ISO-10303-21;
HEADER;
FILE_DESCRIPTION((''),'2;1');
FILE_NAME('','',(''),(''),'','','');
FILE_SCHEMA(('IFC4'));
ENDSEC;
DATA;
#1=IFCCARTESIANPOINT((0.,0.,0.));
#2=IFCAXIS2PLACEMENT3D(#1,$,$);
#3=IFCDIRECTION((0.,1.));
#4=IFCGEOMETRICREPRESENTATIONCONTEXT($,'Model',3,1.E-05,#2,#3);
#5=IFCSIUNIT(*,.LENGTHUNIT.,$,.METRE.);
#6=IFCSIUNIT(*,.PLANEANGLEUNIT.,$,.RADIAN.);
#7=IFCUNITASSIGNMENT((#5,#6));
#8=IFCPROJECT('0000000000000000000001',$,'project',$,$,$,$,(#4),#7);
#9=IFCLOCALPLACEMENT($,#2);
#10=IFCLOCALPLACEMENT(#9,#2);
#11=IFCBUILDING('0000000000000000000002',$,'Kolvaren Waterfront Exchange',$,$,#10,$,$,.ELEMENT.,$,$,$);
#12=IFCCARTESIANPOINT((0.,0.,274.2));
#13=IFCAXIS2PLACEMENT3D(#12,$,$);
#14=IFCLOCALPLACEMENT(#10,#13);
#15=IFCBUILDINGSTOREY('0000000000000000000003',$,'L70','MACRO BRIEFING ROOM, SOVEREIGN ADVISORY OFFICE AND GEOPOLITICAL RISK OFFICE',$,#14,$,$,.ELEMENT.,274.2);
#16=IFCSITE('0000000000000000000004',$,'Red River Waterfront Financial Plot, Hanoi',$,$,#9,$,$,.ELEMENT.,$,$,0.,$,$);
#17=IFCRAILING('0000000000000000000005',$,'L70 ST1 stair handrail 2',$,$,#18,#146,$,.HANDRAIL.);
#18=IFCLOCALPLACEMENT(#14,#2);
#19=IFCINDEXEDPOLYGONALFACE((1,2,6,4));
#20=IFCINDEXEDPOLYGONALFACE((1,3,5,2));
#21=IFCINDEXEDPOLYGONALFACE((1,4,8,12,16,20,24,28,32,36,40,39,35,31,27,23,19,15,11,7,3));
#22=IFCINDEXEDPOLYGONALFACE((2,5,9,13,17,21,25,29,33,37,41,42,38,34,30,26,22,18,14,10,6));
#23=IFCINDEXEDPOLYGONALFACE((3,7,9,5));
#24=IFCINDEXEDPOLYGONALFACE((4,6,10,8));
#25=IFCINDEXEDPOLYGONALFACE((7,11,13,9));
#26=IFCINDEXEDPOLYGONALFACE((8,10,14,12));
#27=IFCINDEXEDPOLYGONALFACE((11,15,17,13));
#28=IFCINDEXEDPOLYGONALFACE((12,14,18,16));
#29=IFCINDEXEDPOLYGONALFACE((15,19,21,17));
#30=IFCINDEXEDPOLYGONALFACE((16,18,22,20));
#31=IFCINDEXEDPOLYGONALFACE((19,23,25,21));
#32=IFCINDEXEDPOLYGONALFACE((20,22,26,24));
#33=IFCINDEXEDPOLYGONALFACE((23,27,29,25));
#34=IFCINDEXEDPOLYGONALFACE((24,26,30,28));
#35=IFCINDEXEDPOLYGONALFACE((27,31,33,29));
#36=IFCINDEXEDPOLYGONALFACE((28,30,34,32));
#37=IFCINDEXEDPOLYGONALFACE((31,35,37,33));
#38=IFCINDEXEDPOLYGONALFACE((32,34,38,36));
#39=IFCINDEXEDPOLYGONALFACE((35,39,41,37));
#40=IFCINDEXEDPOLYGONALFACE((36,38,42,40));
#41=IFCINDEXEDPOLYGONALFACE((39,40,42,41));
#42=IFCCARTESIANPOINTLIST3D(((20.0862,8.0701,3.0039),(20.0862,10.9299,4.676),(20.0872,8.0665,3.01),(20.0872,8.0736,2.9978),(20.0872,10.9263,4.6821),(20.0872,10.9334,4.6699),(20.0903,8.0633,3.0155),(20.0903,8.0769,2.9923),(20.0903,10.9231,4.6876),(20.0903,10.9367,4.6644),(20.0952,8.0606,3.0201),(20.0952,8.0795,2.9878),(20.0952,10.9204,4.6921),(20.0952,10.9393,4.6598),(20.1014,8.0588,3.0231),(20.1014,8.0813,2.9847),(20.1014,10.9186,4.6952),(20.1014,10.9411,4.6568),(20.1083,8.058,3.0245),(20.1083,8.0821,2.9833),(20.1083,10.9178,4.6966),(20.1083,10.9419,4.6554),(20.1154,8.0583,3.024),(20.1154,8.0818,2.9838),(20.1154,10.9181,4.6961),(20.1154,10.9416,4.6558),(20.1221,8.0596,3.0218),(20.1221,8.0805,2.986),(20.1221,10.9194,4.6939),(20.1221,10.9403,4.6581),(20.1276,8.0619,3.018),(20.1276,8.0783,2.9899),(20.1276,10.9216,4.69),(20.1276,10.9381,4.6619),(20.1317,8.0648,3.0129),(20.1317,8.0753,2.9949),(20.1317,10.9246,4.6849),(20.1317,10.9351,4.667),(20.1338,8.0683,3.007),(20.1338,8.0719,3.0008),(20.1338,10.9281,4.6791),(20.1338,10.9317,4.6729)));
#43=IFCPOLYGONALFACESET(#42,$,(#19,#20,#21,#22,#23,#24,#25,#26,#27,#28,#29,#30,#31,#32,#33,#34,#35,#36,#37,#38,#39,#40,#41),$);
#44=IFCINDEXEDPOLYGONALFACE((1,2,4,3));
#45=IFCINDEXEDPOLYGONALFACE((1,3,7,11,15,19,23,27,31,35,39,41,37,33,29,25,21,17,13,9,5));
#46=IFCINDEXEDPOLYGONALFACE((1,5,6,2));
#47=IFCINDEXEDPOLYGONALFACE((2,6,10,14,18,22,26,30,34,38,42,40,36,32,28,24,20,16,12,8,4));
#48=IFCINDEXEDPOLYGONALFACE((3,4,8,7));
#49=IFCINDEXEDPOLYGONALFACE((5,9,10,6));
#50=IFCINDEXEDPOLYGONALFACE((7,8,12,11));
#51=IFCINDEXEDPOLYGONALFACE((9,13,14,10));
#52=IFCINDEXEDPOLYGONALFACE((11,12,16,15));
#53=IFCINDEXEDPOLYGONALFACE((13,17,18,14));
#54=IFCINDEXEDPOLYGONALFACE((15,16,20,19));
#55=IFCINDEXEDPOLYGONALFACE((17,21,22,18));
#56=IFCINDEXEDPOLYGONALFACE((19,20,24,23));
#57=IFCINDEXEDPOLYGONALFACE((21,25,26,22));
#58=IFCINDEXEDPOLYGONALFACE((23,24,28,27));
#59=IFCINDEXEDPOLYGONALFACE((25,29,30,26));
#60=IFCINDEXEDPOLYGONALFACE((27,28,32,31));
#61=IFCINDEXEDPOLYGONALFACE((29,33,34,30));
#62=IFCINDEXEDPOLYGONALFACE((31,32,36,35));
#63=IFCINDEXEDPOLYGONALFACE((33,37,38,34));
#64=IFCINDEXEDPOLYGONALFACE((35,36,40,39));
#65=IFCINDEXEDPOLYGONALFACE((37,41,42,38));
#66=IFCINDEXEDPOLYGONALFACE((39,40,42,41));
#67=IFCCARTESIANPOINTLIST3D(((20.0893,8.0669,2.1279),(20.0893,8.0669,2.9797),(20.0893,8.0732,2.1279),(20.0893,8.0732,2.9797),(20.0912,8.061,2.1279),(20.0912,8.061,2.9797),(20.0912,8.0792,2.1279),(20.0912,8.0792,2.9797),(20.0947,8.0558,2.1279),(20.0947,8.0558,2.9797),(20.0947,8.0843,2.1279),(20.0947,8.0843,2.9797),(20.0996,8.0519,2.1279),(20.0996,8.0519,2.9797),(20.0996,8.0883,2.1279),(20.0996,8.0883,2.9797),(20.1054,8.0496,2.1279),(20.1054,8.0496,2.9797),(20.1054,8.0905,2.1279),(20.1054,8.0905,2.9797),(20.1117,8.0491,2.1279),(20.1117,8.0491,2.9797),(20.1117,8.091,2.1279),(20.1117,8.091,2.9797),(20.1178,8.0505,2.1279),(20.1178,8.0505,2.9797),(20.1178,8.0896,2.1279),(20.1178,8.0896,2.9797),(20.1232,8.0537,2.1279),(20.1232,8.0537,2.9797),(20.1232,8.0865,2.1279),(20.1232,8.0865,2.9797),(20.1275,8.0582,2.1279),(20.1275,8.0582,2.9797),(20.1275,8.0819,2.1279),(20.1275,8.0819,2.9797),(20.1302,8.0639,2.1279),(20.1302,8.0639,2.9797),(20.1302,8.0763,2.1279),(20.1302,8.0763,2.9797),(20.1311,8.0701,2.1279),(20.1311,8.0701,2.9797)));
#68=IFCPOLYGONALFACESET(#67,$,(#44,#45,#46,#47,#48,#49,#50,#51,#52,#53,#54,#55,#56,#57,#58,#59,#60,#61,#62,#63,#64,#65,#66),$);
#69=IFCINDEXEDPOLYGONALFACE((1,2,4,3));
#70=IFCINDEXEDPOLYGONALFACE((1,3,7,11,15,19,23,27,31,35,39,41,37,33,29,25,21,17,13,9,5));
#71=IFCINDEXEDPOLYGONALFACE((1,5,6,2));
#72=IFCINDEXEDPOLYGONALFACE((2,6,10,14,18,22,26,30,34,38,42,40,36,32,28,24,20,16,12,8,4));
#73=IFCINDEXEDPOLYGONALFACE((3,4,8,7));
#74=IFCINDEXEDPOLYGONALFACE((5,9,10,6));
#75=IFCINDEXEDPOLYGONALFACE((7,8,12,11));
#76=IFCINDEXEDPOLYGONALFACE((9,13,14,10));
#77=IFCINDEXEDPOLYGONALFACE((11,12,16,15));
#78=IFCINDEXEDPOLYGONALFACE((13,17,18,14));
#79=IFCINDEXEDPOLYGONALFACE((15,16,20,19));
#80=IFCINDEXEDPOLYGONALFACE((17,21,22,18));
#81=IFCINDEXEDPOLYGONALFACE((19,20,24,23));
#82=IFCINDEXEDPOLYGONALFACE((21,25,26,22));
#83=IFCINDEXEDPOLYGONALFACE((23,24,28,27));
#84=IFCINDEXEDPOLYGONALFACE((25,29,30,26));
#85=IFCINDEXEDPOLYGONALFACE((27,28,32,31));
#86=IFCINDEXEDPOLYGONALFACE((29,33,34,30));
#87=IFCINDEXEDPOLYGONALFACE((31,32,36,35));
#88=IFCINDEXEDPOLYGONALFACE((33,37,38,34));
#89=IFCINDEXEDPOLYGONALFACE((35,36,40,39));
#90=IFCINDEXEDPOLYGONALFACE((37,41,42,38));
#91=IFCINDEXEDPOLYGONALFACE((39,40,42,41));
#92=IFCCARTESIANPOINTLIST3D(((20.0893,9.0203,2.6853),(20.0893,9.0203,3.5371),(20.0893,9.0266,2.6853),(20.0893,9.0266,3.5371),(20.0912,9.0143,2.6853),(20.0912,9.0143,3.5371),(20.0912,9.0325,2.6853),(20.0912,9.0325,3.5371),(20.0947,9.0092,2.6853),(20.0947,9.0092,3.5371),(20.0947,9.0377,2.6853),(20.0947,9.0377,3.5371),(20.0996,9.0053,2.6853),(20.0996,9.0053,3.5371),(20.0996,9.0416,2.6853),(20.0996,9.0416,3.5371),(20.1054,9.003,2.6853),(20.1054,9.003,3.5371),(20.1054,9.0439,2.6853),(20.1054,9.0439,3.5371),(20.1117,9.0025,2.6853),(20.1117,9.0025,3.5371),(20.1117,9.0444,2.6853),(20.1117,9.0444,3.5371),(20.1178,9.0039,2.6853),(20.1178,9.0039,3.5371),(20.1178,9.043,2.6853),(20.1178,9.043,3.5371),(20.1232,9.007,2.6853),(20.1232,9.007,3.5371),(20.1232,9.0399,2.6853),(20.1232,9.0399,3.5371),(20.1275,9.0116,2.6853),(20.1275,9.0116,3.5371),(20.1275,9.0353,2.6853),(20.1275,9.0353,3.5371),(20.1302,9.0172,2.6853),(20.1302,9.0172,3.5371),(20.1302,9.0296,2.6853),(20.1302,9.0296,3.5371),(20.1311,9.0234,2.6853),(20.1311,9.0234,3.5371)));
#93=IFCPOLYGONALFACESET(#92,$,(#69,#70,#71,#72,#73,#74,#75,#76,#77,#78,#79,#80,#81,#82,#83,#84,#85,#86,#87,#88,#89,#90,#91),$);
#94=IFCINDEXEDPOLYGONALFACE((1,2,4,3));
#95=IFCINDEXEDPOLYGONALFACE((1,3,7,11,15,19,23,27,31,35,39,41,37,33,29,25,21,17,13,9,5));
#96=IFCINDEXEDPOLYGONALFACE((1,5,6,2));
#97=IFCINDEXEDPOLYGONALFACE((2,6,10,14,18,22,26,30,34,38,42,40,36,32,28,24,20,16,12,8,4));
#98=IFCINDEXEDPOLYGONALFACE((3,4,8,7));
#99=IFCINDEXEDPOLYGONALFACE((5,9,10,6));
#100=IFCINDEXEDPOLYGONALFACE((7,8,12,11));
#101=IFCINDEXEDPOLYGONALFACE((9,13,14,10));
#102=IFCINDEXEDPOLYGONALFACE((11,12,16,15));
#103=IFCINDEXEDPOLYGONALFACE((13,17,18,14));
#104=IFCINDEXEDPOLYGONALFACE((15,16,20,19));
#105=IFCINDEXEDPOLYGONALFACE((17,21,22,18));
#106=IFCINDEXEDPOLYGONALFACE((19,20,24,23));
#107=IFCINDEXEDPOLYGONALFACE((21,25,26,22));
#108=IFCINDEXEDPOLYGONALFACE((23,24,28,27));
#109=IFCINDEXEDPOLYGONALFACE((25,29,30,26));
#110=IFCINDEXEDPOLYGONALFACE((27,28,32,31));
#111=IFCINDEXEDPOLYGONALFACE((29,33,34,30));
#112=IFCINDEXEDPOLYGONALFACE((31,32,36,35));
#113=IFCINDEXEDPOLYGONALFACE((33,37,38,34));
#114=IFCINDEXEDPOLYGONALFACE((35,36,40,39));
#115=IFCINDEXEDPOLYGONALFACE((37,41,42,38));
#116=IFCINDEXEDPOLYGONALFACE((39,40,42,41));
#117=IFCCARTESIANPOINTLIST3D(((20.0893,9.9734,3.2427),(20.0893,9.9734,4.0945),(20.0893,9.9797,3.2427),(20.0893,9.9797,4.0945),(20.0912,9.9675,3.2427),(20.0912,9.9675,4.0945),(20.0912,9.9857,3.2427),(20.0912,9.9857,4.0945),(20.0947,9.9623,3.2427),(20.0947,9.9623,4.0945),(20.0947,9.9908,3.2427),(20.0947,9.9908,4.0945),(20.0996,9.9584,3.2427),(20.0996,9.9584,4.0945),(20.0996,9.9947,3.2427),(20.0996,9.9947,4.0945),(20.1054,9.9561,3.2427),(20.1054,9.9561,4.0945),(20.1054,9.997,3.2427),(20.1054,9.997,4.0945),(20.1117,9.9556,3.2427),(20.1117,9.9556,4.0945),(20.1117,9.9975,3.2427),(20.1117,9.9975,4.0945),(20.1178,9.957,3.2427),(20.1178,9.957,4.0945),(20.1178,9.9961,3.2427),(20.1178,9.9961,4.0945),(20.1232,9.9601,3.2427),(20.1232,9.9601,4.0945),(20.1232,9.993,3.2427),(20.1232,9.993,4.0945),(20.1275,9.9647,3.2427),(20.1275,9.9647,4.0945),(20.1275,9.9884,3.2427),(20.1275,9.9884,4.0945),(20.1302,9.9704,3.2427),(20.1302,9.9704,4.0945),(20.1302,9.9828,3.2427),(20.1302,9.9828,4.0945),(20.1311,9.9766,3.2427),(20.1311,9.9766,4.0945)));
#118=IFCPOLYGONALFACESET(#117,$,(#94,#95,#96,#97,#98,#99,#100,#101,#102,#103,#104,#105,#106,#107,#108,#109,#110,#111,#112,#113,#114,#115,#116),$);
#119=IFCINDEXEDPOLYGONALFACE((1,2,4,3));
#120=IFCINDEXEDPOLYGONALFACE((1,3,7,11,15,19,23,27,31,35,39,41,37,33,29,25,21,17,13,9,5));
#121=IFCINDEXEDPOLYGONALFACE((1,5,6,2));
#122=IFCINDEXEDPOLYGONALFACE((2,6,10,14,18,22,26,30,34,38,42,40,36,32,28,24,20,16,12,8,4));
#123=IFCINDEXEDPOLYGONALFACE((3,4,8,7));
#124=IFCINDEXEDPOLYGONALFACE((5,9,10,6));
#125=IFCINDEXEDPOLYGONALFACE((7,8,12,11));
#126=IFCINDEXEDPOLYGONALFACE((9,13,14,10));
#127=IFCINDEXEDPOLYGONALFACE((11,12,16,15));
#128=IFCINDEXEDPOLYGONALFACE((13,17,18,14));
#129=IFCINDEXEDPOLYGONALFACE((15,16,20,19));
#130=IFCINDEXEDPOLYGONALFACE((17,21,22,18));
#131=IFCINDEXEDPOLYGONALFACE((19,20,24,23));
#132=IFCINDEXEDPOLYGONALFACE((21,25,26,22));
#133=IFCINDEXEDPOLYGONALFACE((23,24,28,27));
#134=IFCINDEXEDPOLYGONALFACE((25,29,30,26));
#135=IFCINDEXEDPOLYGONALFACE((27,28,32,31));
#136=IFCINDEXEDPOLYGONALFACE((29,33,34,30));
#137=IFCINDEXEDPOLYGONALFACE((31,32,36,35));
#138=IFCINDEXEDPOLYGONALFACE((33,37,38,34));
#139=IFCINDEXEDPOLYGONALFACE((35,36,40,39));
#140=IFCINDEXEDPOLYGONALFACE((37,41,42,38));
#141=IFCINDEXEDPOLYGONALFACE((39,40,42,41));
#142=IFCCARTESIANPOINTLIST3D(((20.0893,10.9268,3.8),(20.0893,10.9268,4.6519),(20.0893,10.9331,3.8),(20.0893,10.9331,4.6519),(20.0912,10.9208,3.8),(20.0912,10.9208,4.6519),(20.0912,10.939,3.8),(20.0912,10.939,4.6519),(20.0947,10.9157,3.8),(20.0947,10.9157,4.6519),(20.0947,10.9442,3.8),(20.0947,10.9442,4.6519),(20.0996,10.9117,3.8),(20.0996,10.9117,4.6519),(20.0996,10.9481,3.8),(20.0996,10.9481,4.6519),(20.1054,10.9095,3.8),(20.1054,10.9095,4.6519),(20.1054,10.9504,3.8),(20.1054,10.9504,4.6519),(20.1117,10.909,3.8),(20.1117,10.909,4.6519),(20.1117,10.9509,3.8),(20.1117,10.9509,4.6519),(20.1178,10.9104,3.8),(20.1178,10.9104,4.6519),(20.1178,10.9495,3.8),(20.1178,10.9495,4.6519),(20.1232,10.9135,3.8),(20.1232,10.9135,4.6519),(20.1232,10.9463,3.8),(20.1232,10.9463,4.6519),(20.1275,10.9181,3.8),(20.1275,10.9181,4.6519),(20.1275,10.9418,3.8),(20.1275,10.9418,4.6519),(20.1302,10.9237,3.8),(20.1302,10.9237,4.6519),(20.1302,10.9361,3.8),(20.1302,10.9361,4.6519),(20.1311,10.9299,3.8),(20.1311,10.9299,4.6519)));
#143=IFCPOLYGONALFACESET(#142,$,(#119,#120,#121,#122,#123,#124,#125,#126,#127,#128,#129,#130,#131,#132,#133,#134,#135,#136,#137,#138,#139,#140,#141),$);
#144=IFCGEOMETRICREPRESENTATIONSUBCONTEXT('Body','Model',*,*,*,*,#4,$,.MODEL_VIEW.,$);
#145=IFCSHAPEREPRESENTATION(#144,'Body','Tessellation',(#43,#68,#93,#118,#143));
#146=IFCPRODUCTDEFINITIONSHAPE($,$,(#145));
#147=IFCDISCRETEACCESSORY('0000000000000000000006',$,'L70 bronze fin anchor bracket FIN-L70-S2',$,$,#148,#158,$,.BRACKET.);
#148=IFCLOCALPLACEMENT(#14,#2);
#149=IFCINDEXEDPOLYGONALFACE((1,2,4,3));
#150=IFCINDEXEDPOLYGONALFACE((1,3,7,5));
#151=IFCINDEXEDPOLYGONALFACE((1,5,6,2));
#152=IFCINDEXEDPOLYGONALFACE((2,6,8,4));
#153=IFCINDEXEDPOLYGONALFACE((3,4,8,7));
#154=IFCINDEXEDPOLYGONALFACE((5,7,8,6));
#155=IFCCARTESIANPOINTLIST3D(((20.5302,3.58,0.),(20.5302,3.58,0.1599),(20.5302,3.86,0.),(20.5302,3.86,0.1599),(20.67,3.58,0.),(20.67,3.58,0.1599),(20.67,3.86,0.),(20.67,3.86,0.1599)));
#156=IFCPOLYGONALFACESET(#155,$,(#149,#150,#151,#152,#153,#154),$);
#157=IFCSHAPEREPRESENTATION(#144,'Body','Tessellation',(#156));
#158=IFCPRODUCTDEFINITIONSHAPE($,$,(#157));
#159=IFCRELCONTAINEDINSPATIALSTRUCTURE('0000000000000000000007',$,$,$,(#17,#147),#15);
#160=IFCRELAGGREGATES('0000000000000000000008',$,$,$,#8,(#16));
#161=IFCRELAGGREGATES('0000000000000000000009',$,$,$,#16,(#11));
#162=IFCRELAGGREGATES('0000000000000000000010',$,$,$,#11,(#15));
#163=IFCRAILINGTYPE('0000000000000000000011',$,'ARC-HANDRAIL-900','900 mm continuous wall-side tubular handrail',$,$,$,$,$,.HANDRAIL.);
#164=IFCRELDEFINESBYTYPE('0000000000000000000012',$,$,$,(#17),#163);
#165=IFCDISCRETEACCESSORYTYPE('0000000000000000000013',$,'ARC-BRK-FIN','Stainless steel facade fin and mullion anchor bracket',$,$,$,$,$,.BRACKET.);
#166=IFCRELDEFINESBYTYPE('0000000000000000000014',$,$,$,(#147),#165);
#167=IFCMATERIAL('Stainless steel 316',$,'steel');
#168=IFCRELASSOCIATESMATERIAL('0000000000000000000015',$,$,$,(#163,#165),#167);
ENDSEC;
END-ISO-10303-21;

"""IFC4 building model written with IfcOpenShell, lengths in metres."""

from ifc_helpers import new_model, si_unit, direction, frame, origin, origin_with_axes, origin_2d, place, context, subcontext, project, spatial, rectangle, circle, extrude, source, transform, mapped, material, type_object, element, save


model = new_model("IFC4")

# Units and contexts
model_context = context("Model", 3, precision=1e-05, world=origin(), true_north=direction((0.0, 1.0)))
body_context = subcontext(model_context, "Body", "Model", "MODEL_VIEW")
ifc_project = project(units=[si_unit("LENGTHUNIT", "METRE"), si_unit("PLANEANGLEUNIT", "RADIAN")], contexts=[model_context])

# Site, building, storey
site_placement = place(None, origin())
site = spatial("IfcSite", under=ifc_project, at=site_placement, Name="Red River Waterfront Financial Plot, Hanoi", CompositionType="ELEMENT", RefElevation=0.0)
building_placement = place(site_placement, origin())
building = spatial("IfcBuilding", under=site, at=building_placement, Name="Kolvaren Waterfront Exchange", CompositionType="ELEMENT")
storey_placement = place(building_placement, frame((0.0, 0.0, 274.2)))
storey = spatial("IfcBuildingStorey", under=building, at=storey_placement, Name="L70", Description="MACRO BRIEFING ROOM, SOVEREIGN ADVISORY OFFICE AND GEOPOLITICAL RISK OFFICE", CompositionType="ELEMENT", Elevation=274.2)

# Railing
ifc_material_1 = material(Name="Stainless steel 316", Category="steel")
railing_type_1 = type_object("IfcRailingType", Name="ARC-HANDRAIL-900", Description="900 mm continuous wall-side tubular handrail", PredefinedType="HANDRAIL", material=ifc_material_1)
railing_1_placement = place(storey_placement, frame((20.1101, 8.0701, 2.1279)))
element("IfcRailing", 1, at=railing_1_placement, inside=storey, type_object=railing_type_1, Name="L70 ST1 stair handrail 2", PredefinedType="HANDRAIL", context=body_context, shape_type="SweptSolid", body=[
    extrude(circle(Radius=0.0239, at=origin_2d()), frame((0.0, 0.0, 0.876), z_axis=(0.0, 0.863271, 0.504741), x_axis=(-1.0, 0.0, 0.0)), (0.0, 0.0, 1.0), 3.3127),
    extrude(circle(Radius=0.021, at=origin_2d()), origin(), (0.0, 0.0, 1.0), 0.8518),
    extrude(circle(Radius=0.021, at=origin_2d()), frame((0.0, 0.9534, 0.5574)), (0.0, 0.0, 1.0), 0.8518),
    extrude(circle(Radius=0.021, at=origin_2d()), frame((0.0, 1.9065, 1.1147)), (0.0, 0.0, 1.0), 0.8518),
    extrude(circle(Radius=0.021, at=origin_2d()), frame((0.0, 2.8599, 1.6721)), (0.0, 0.0, 1.0), 0.8518),
])

# Discrete accessory
discrete_accessory_type = type_object("IfcDiscreteAccessoryType", Name="ARC-BRK-FIN", Description="Stainless steel facade fin and mullion anchor bracket", PredefinedType="BRACKET", material=ifc_material_1)
shared_shape_1 = source(origin_with_axes(), body_context, "Body", "SweptSolid", [
    extrude(rectangle(XDim=0.28, YDim=0.1399, at=origin_2d()), origin(), (0.0, 0.0, 1.0), 0.1599),
])
discrete_accessory_placement = place(storey_placement, frame((20.6001, 3.72, 0.0), z_axis=(0.0, 0.0, 1.0), x_axis=(0.0, -1.0, 0.0)))
element("IfcDiscreteAccessory", 2, at=discrete_accessory_placement, inside=storey, type_object=discrete_accessory_type, Name="L70 bronze fin anchor bracket FIN-L70-S2", PredefinedType="BRACKET", context=body_context, shape_type="MappedRepresentation", body=[
    mapped(shared_shape_1, transform((0.0, 0.0, 0.0), x_axis=(1.0, 0.0, 0.0), y_axis=(0.0, 1.0, 0.0), z_axis=(0.0, 0.0, 1.0), scale=1.0)),
])

save(model, "model.ifc")
